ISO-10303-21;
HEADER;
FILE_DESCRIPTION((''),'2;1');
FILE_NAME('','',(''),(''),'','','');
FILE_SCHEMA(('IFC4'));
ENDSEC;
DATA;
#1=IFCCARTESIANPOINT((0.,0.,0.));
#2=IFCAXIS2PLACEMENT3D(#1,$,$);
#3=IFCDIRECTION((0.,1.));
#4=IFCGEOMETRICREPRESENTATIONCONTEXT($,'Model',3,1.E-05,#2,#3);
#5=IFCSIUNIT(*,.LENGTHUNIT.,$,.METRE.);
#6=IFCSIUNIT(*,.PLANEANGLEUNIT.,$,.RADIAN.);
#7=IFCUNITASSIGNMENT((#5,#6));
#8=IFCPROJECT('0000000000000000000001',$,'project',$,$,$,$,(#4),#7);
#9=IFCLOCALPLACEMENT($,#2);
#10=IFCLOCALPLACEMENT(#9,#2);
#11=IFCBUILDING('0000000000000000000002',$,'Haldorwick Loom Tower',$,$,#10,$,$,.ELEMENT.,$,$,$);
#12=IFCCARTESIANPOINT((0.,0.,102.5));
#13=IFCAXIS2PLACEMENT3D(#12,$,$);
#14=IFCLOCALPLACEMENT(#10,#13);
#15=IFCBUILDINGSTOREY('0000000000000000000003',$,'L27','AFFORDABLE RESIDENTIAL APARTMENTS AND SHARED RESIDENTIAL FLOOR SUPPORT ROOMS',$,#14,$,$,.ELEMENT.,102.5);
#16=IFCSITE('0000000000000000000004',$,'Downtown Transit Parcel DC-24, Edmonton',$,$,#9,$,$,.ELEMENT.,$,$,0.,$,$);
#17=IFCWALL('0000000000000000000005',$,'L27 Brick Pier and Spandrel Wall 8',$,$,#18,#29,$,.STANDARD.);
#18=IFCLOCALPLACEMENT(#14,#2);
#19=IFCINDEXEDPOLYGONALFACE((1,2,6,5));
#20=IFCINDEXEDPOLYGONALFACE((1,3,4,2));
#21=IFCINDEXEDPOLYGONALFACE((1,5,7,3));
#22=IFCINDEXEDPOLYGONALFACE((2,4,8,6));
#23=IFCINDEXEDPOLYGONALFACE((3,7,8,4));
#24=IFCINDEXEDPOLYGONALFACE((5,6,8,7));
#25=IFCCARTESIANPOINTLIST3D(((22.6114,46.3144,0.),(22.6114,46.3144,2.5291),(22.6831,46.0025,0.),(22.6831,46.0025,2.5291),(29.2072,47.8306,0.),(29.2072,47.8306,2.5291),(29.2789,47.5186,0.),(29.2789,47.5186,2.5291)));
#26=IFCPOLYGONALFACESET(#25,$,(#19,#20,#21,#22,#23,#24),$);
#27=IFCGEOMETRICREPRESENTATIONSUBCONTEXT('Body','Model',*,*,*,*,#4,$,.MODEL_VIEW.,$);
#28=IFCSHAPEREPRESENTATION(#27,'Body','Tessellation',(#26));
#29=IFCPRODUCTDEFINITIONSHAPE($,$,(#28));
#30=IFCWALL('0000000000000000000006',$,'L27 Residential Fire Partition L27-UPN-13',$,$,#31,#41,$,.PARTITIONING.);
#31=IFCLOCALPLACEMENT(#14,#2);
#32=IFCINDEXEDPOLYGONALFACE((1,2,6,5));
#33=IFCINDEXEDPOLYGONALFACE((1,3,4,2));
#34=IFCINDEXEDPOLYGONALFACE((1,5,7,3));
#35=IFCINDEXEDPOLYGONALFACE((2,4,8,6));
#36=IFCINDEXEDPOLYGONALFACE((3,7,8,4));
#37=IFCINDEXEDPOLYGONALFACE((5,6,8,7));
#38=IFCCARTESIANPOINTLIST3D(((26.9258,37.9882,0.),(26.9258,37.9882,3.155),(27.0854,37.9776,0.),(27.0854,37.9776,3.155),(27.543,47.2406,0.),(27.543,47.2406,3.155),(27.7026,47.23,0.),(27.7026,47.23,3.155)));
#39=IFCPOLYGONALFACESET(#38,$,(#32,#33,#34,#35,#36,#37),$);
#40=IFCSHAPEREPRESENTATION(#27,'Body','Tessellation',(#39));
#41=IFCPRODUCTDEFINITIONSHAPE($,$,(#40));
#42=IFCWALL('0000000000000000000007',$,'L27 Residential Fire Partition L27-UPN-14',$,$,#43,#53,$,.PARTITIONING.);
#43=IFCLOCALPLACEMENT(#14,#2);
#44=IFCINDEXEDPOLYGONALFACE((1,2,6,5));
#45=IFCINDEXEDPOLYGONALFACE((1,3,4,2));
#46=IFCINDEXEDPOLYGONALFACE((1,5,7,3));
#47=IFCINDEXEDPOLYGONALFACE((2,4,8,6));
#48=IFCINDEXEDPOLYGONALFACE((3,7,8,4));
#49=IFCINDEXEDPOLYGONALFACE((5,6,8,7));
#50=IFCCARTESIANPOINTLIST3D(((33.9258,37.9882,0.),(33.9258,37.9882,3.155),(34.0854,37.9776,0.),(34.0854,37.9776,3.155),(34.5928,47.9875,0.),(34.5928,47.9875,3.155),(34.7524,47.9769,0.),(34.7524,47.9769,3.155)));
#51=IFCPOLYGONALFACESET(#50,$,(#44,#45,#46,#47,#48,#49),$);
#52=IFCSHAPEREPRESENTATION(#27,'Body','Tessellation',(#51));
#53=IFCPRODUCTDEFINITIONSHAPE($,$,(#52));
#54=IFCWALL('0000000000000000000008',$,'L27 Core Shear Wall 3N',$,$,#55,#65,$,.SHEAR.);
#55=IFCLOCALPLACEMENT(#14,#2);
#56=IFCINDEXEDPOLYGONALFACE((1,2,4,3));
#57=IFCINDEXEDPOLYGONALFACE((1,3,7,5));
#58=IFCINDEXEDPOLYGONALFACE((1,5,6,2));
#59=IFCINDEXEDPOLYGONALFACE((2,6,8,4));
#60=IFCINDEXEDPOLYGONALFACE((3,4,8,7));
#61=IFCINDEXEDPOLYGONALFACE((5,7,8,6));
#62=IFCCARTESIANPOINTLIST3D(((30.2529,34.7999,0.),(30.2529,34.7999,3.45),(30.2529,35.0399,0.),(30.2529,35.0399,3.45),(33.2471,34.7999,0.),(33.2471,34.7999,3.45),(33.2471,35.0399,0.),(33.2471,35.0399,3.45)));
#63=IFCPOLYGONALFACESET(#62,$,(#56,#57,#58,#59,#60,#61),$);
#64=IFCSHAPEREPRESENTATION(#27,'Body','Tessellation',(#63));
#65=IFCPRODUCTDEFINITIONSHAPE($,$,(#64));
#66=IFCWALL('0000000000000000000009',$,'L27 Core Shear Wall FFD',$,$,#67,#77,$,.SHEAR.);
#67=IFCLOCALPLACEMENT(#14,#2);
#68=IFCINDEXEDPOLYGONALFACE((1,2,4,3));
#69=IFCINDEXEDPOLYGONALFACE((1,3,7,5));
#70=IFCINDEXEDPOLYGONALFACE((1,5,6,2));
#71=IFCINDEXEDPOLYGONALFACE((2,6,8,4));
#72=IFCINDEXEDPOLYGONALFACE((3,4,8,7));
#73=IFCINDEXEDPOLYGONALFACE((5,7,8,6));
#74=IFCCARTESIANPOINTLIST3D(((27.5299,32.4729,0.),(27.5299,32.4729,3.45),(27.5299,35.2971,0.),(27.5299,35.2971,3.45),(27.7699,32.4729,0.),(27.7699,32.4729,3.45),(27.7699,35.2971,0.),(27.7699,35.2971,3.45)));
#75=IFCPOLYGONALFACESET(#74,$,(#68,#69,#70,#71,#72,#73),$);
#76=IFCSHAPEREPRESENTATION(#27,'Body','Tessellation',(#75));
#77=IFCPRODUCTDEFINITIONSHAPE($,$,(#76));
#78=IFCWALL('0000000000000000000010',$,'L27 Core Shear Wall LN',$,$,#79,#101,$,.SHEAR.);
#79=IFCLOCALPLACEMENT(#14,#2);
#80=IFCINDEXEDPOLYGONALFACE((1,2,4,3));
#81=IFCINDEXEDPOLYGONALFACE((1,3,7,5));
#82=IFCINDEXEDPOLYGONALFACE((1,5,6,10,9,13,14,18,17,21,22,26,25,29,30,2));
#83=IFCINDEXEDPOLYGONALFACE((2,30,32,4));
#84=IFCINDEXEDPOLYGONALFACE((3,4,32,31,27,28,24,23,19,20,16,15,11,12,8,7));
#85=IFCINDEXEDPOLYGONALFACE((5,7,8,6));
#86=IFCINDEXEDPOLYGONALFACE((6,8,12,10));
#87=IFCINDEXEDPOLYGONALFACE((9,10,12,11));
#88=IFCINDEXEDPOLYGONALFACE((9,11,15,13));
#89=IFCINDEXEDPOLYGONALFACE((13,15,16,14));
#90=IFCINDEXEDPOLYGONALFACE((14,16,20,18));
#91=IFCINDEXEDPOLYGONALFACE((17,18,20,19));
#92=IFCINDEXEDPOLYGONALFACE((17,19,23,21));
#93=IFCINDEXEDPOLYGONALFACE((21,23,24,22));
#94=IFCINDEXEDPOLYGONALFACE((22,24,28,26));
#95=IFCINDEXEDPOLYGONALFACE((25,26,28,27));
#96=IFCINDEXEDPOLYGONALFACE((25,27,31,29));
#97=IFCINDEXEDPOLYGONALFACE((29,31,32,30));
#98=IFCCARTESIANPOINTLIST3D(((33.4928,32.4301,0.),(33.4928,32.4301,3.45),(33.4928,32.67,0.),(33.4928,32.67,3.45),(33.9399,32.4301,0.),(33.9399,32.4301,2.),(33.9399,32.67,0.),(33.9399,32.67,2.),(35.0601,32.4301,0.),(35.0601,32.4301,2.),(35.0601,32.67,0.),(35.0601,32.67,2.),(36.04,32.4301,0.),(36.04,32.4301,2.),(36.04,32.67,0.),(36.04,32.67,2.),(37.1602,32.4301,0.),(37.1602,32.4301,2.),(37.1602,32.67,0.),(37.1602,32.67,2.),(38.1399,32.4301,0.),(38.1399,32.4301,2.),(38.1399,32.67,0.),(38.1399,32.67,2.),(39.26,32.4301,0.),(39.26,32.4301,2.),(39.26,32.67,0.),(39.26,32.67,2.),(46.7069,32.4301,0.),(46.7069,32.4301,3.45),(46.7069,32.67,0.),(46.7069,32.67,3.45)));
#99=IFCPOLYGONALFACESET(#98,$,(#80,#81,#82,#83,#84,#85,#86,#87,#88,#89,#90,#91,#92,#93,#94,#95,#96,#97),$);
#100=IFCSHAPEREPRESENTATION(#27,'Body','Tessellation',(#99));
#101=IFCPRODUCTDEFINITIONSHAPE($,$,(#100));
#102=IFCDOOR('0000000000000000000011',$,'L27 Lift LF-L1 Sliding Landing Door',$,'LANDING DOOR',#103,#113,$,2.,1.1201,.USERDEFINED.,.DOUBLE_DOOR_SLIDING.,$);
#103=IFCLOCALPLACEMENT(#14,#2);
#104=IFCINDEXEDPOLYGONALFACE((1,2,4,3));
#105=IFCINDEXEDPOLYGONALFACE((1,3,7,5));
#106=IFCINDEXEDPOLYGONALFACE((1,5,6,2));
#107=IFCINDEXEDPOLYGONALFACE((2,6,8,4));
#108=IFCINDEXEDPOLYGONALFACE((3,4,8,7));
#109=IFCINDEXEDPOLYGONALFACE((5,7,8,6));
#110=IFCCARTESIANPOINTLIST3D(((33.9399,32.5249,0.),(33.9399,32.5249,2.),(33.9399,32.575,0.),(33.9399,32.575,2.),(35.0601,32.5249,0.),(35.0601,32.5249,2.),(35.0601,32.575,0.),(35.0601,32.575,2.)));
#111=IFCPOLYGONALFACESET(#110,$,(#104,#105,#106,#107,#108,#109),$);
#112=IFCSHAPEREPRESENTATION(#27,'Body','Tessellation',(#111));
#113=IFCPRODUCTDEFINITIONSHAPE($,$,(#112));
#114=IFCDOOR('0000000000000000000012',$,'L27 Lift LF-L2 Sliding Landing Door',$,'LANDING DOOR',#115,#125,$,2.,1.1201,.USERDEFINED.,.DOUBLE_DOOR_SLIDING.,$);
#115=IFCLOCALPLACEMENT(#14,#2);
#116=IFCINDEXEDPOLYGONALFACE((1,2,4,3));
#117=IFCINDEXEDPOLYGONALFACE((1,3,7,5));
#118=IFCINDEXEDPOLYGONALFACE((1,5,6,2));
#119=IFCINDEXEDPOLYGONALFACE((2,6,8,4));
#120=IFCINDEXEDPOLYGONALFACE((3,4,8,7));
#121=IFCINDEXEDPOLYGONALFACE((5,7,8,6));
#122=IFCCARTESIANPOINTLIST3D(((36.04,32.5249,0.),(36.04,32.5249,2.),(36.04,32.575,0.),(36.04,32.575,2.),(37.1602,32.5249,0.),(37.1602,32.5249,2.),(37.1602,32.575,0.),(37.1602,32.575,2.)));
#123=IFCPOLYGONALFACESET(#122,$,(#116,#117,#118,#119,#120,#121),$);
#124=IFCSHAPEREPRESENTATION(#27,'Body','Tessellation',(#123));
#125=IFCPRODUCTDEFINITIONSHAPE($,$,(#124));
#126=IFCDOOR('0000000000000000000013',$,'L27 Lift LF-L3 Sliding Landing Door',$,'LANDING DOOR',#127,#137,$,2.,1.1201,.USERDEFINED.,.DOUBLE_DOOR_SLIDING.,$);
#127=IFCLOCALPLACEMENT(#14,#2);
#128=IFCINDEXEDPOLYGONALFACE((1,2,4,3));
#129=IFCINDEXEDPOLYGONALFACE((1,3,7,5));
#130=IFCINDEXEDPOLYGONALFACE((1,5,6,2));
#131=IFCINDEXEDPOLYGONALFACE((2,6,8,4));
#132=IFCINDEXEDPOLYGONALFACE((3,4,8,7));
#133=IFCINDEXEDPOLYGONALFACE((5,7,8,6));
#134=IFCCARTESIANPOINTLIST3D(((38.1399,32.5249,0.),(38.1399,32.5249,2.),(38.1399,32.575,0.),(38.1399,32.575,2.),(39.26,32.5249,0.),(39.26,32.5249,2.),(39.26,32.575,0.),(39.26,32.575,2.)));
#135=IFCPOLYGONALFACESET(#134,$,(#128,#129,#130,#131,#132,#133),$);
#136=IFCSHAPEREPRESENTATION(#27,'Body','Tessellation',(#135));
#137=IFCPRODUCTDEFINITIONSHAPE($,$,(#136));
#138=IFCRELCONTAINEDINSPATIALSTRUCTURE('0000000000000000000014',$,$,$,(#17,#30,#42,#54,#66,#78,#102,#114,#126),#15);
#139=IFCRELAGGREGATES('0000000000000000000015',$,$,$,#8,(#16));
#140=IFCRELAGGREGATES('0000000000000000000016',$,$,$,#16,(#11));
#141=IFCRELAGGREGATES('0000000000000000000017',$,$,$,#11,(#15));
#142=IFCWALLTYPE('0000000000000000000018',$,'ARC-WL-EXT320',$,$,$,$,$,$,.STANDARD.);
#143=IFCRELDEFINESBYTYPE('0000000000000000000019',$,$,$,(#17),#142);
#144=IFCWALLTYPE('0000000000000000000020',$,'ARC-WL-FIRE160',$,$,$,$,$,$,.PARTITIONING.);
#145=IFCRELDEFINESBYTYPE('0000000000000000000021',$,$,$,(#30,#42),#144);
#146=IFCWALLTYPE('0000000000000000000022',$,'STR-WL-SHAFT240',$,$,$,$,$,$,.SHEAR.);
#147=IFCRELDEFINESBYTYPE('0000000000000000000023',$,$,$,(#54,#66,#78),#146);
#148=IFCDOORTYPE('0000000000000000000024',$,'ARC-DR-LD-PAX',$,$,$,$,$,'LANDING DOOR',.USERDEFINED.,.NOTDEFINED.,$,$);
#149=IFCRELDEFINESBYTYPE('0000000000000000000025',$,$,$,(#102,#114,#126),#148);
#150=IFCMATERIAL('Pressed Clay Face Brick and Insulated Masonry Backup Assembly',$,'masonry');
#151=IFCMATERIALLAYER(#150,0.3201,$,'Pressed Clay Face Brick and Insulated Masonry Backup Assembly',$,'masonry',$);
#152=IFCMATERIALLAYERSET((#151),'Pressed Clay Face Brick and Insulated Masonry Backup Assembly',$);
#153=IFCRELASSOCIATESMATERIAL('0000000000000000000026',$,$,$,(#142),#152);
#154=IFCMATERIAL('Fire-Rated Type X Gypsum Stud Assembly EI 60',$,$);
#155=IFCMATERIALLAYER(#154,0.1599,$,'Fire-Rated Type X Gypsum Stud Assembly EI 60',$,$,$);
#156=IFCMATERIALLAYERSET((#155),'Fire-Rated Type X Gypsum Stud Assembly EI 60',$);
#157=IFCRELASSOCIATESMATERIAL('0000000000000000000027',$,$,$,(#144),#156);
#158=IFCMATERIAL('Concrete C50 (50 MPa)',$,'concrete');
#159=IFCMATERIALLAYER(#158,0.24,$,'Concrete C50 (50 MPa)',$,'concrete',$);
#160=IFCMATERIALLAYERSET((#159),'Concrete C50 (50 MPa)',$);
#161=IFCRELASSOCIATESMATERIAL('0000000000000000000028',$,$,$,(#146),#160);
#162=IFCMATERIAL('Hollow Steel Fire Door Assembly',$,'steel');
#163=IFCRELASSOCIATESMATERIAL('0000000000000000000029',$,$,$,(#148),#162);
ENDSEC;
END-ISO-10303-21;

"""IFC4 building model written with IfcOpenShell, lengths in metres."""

from ifc_helpers import new_model, si_unit, direction, frame, frame_2d, origin, place, context, subcontext, project, spatial, rectangle, extrude, material, layer, layer_set, type_object, element, fill, save


model = new_model("IFC4")

# Units and contexts
model_context = context("Model", 3, precision=1e-05, world=origin(), true_north=direction((0.0, 1.0)))
body_context = subcontext(model_context, "Body", "Model", "MODEL_VIEW")
ifc_project = project(units=[si_unit("LENGTHUNIT", "METRE"), si_unit("PLANEANGLEUNIT", "RADIAN")], contexts=[model_context])

# Site, building, storey
site_placement = place(None, origin())
site = spatial("IfcSite", under=ifc_project, at=site_placement, Name="Downtown Transit Parcel DC-24, Edmonton", CompositionType="ELEMENT", RefElevation=0.0)
building_placement = place(site_placement, origin())
building = spatial("IfcBuilding", under=site, at=building_placement, Name="Haldorwick Loom Tower", CompositionType="ELEMENT")
storey_placement = place(building_placement, frame((0.0, 0.0, 102.5)))
storey = spatial("IfcBuildingStorey", under=building, at=storey_placement, Name="L27", Description="AFFORDABLE RESIDENTIAL APARTMENTS AND SHARED RESIDENTIAL FLOOR SUPPORT ROOMS", CompositionType="ELEMENT", Elevation=102.5)

# Walls
ifc_material_1 = material(Name="Pressed Clay Face Brick and Insulated Masonry Backup Assembly", Category="masonry")
ifc_layer_1 = layer(ifc_material_1, 0.3201, Name="Pressed Clay Face Brick and Insulated Masonry Backup Assembly", Category="masonry")
ifc_layer_set_1 = layer_set([ifc_layer_1], Name="Pressed Clay Face Brick and Insulated Masonry Backup Assembly")
wall_type_1 = type_object("IfcWallType", Name="ARC-WL-EXT320", PredefinedType="STANDARD", material=ifc_layer_set_1)
wall_1_placement = place(storey_placement, frame((29.2429, 47.6746, 0.0), z_axis=(0.0, 0.0, 1.0), x_axis=(-0.974584, -0.224022, 0.0)))
element("IfcWall", 1, at=wall_1_placement, inside=storey, type_object=wall_type_1, Name="L27 Brick Pier and Spandrel Wall 8", PredefinedType="STANDARD", context=body_context, shape_type="SweptSolid", body=[
    extrude(rectangle(XDim=6.7678, YDim=0.3201, at=frame_2d((3.3838, 0.0))), origin(), (0.0, 0.0, 1.0), 2.5291),
])
ifc_material_2 = material(Name="Fire-Rated Type X Gypsum Stud Assembly EI 60")
ifc_layer_2 = layer(ifc_material_2, 0.1599, Name="Fire-Rated Type X Gypsum Stud Assembly EI 60")
ifc_layer_set_2 = layer_set([ifc_layer_2], Name="Fire-Rated Type X Gypsum Stud Assembly EI 60")
wall_type_2 = type_object("IfcWallType", Name="ARC-WL-FIRE160", PredefinedType="PARTITIONING", material=ifc_layer_set_2)
wall_2_placement = place(storey_placement, frame((27.0056, 37.9829, 0.0), z_axis=(0.0, 0.0, 1.0), x_axis=(0.066557, 0.997783, 0.0)))
element("IfcWall", 2, at=wall_2_placement, inside=storey, type_object=wall_type_2, Name="L27 Residential Fire Partition L27-UPN-13", PredefinedType="PARTITIONING", context=body_context, shape_type="SweptSolid", body=[
    extrude(rectangle(XDim=9.2729, YDim=0.1599, at=frame_2d((4.6365, 0.0))), origin(), (0.0, 0.0, 1.0), 3.155),
])
wall_3_placement = place(storey_placement, frame((34.0056, 37.9829, 0.0), z_axis=(0.0, 0.0, 1.0), x_axis=(0.066556, 0.997783, 0.0)))
element("IfcWall", 3, at=wall_3_placement, inside=storey, type_object=wall_type_2, Name="L27 Residential Fire Partition L27-UPN-14", PredefinedType="PARTITIONING", context=body_context, shape_type="SweptSolid", body=[
    extrude(rectangle(XDim=10.0215, YDim=0.1599, at=frame_2d((5.0107, 0.0))), origin(), (0.0, 0.0, 1.0), 3.155),
])
ifc_material_3 = material(Name="Concrete C50 (50 MPa)", Category="concrete")
ifc_layer_3 = layer(ifc_material_3, 0.24, Name="Concrete C50 (50 MPa)", Category="concrete")
ifc_layer_set_3 = layer_set([ifc_layer_3], Name="Concrete C50 (50 MPa)")
wall_type_3 = type_object("IfcWallType", Name="STR-WL-SHAFT240", PredefinedType="SHEAR", material=ifc_layer_set_3)
wall_4_placement = place(storey_placement, frame((30.2529, 34.9199, 0.0), z_axis=(0.0, 0.0, 1.0), x_axis=(1.0, 0.0, 0.0)))
element("IfcWall", 4, at=wall_4_placement, inside=storey, type_object=wall_type_3, Name="L27 Core Shear Wall 3N", PredefinedType="SHEAR", context=body_context, shape_type="SweptSolid", body=[
    extrude(rectangle(XDim=2.9941, YDim=0.24, at=frame_2d((1.4971, 0.0))), origin(), (0.0, 0.0, 1.0), 3.45),
])
wall_5_placement = place(storey_placement, frame((27.6499, 32.4729, 0.0), z_axis=(0.0, 0.0, 1.0), x_axis=(0.0, 1.0, 0.0)))
element("IfcWall", 5, at=wall_5_placement, inside=storey, type_object=wall_type_3, Name="L27 Core Shear Wall FFD", PredefinedType="SHEAR", context=body_context, shape_type="SweptSolid", body=[
    extrude(rectangle(XDim=2.8242, YDim=0.24, at=frame_2d((1.4121, 0.0))), origin(), (0.0, 0.0, 1.0), 3.45),
])

# Wall, openings, doors
wall_6_placement = place(storey_placement, frame((33.4929, 32.55, 0.0), z_axis=(0.0, 0.0, 1.0), x_axis=(1.0, 0.0, 0.0)))
wall_6 = element("IfcWall", 6, at=wall_6_placement, inside=storey, type_object=wall_type_3, Name="L27 Core Shear Wall LN", PredefinedType="SHEAR", context=body_context, shape_type="SweptSolid", body=[
    extrude(rectangle(XDim=13.2141, YDim=0.24, at=frame_2d((6.6069, 0.0))), origin(), (0.0, 0.0, 1.0), 3.45),
])
opening_1_placement = place(wall_6_placement, frame((0.447, 0.0, 0.0)))
opening_1 = element("IfcOpeningElement", 7, at=opening_1_placement, cuts=wall_6, PredefinedType="OPENING", context=body_context, shape_type="SweptSolid", body=[
    extrude(rectangle(XDim=1.1201, YDim=2.0, at=frame_2d((0.5601, 1.0))), frame((0.0, 0.1299, 0.0), z_axis=(0.0, -1.0, 0.0), x_axis=(1.0, 0.0, 0.0)), (0.0, 0.0, 1.0), 0.26),
])
opening_2_placement = place(wall_6_placement, frame((2.5471, 0.0, 0.0)))
opening_2 = element("IfcOpeningElement", 8, at=opening_2_placement, cuts=wall_6, PredefinedType="OPENING", context=body_context, shape_type="SweptSolid", body=[
    extrude(rectangle(XDim=1.1201, YDim=2.0, at=frame_2d((0.5601, 1.0))), frame((0.0, 0.1299, 0.0), z_axis=(0.0, -1.0, 0.0), x_axis=(1.0, 0.0, 0.0)), (0.0, 0.0, 1.0), 0.26),
])
opening_3_placement = place(wall_6_placement, frame((4.647, 0.0, 0.0)))
opening_3 = element("IfcOpeningElement", 9, at=opening_3_placement, cuts=wall_6, PredefinedType="OPENING", context=body_context, shape_type="SweptSolid", body=[
    extrude(rectangle(XDim=1.1201, YDim=2.0, at=frame_2d((0.5601, 1.0))), frame((0.0, 0.1299, 0.0), z_axis=(0.0, -1.0, 0.0), x_axis=(1.0, 0.0, 0.0)), (0.0, 0.0, 1.0), 0.26),
])
ifc_material_4 = material(Name="Hollow Steel Fire Door Assembly", Category="steel")
door_type = type_object("IfcDoorType", Name="ARC-DR-LD-PAX", ElementType="LANDING DOOR", OperationType="NOTDEFINED", PredefinedType="USERDEFINED", material=ifc_material_4)
door_1_placement = place(opening_1_placement, origin())
door_1 = element("IfcDoor", 10, at=door_1_placement, inside=storey, type_object=door_type, Name="L27 Lift LF-L1 Sliding Landing Door", ObjectType="LANDING DOOR", OperationType="DOUBLE_DOOR_SLIDING", OverallHeight=2.0, OverallWidth=1.1201, PredefinedType="USERDEFINED", context=body_context, shape_type="SweptSolid", body=[
    extrude(rectangle(XDim=1.1201, YDim=2.0, at=frame_2d((0.5601, 1.0))), frame((0.0, 0.0249, 0.0), z_axis=(0.0, -1.0, 0.0), x_axis=(1.0, 0.0, 0.0)), (0.0, 0.0, 1.0), 0.05),
])
fill(opening_1, door_1)
door_2_placement = place(opening_2_placement, origin())
door_2 = element("IfcDoor", 11, at=door_2_placement, inside=storey, type_object=door_type, Name="L27 Lift LF-L2 Sliding Landing Door", ObjectType="LANDING DOOR", OperationType="DOUBLE_DOOR_SLIDING", OverallHeight=2.0, OverallWidth=1.1201, PredefinedType="USERDEFINED", context=body_context, shape_type="SweptSolid", body=[
    extrude(rectangle(XDim=1.1201, YDim=2.0, at=frame_2d((0.5601, 1.0))), frame((0.0, 0.0249, 0.0), z_axis=(0.0, -1.0, 0.0), x_axis=(1.0, 0.0, 0.0)), (0.0, 0.0, 1.0), 0.05),
])
fill(opening_2, door_2)
door_3_placement = place(opening_3_placement, origin())
door_3 = element("IfcDoor", 12, at=door_3_placement, inside=storey, type_object=door_type, Name="L27 Lift LF-L3 Sliding Landing Door", ObjectType="LANDING DOOR", OperationType="DOUBLE_DOOR_SLIDING", OverallHeight=2.0, OverallWidth=1.1201, PredefinedType="USERDEFINED", context=body_context, shape_type="SweptSolid", body=[
    extrude(rectangle(XDim=1.1201, YDim=2.0, at=frame_2d((0.5601, 1.0))), frame((0.0, 0.0249, 0.0), z_axis=(0.0, -1.0, 0.0), x_axis=(1.0, 0.0, 0.0)), (0.0, 0.0, 1.0), 0.05),
])
fill(opening_3, door_3)

save(model, "model.ifc")
